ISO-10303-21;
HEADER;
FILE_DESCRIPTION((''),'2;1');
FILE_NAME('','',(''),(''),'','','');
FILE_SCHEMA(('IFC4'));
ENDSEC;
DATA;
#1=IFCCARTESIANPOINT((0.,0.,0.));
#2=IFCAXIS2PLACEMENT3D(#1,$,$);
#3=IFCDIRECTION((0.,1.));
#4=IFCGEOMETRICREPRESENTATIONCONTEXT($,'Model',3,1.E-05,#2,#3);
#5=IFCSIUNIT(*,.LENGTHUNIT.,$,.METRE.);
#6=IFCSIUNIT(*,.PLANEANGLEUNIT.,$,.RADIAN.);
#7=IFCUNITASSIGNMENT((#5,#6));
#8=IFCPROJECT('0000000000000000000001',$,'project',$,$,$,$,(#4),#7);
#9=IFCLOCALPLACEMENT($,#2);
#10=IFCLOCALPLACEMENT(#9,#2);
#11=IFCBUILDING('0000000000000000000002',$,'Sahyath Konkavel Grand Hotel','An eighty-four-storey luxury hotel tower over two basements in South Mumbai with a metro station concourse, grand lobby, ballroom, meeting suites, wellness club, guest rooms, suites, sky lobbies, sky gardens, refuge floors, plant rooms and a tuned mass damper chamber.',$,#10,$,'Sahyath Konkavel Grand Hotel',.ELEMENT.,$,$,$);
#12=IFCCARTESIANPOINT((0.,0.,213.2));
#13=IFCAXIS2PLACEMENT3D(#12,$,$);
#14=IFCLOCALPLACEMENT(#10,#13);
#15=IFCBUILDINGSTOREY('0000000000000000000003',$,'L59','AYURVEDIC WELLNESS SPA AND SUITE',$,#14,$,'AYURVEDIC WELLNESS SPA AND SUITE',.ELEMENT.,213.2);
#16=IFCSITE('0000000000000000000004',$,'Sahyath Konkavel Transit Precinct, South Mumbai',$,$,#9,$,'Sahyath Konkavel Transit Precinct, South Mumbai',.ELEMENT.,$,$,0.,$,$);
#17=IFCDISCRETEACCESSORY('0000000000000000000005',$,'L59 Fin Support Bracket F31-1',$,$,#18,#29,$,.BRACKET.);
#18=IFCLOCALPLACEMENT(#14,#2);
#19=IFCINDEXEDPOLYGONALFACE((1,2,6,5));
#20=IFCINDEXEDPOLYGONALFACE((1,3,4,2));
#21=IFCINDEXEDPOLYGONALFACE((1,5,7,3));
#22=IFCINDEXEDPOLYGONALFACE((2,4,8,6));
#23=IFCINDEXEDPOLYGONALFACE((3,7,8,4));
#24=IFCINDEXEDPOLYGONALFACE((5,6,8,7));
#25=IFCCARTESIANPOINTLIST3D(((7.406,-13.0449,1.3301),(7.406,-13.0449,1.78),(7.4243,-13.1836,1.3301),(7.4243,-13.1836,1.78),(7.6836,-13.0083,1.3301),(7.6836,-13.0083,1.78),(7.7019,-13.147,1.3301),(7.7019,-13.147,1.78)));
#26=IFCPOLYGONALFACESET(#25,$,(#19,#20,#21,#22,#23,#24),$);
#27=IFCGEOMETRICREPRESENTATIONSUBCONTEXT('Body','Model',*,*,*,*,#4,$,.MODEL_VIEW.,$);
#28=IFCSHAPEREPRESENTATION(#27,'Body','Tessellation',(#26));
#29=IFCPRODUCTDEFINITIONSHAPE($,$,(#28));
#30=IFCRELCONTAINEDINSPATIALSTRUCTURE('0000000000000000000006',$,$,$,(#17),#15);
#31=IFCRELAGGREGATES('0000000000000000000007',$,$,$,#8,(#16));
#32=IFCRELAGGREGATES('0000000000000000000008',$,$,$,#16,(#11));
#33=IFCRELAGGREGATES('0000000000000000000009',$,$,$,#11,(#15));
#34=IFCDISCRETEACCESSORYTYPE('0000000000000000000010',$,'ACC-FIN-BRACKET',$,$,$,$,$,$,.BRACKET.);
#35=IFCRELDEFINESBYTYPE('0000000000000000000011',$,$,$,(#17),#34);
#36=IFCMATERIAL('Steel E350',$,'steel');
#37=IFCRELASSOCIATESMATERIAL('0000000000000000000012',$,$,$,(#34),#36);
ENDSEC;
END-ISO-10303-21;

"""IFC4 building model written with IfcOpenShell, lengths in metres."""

from ifc_helpers import new_model, si_unit, direction, frame, origin, origin_2d, place, context, subcontext, project, spatial, rectangle, extrude, source, transform, mapped, material, type_object, element, save


model = new_model("IFC4")

# Units and contexts
model_context = context("Model", 3, precision=1e-05, world=origin(), true_north=direction((0.0, 1.0)))
body_context = subcontext(model_context, "Body", "Model", "MODEL_VIEW")
ifc_project = project(units=[si_unit("LENGTHUNIT", "METRE"), si_unit("PLANEANGLEUNIT", "RADIAN")], contexts=[model_context])

# Site, building, storey
site_placement = place(None, origin())
site = spatial("IfcSite", under=ifc_project, at=site_placement, Name="Sahyath Konkavel Transit Precinct, South Mumbai", LongName="Sahyath Konkavel Transit Precinct, South Mumbai", CompositionType="ELEMENT", RefElevation=0.0)
building_placement = place(site_placement, origin())
building = spatial("IfcBuilding", under=site, at=building_placement, Name="Sahyath Konkavel Grand Hotel", Description="An eighty-four-storey luxury hotel tower over two basements in South Mumbai with a metro station concourse, grand lobby, ballroom, meeting suites, wellness club, guest rooms, suites, sky lobbies, sky gardens, refuge floors, plant rooms and a tuned mass damper chamber.", LongName="Sahyath Konkavel Grand Hotel", CompositionType="ELEMENT")
storey_placement = place(building_placement, frame((0.0, 0.0, 213.2)))
storey = spatial("IfcBuildingStorey", under=building, at=storey_placement, Name="L59", Description="AYURVEDIC WELLNESS SPA AND SUITE", LongName="AYURVEDIC WELLNESS SPA AND SUITE", CompositionType="ELEMENT", Elevation=213.2)

# Discrete accessory
ifc_material_1 = material(Name="Steel E350", Category="steel")
discrete_accessory_type = type_object("IfcDiscreteAccessoryType", Name="ACC-FIN-BRACKET", PredefinedType="BRACKET", material=ifc_material_1)
shared_shape_1 = source(origin(), body_context, "Body", "SweptSolid", [
    extrude(rectangle(XDim=0.28, YDim=0.1399, at=origin_2d()), origin(), (0.0, 0.0, 1.0), 0.45),
])
discrete_accessory_placement = place(storey_placement, frame((7.554, -13.0959, 1.3301), z_axis=(0.0, 0.0, 1.0), x_axis=(0.991445, 0.130526, 0.0)))
element("IfcDiscreteAccessory", 1, at=discrete_accessory_placement, inside=storey, type_object=discrete_accessory_type, Name="L59 Fin Support Bracket F31-1", PredefinedType="BRACKET", context=body_context, shape_type="MappedRepresentation", body=[
    mapped(shared_shape_1, transform((0.0, 0.0, 0.0), scale=1.0)),
])

save(model, "model.ifc")
